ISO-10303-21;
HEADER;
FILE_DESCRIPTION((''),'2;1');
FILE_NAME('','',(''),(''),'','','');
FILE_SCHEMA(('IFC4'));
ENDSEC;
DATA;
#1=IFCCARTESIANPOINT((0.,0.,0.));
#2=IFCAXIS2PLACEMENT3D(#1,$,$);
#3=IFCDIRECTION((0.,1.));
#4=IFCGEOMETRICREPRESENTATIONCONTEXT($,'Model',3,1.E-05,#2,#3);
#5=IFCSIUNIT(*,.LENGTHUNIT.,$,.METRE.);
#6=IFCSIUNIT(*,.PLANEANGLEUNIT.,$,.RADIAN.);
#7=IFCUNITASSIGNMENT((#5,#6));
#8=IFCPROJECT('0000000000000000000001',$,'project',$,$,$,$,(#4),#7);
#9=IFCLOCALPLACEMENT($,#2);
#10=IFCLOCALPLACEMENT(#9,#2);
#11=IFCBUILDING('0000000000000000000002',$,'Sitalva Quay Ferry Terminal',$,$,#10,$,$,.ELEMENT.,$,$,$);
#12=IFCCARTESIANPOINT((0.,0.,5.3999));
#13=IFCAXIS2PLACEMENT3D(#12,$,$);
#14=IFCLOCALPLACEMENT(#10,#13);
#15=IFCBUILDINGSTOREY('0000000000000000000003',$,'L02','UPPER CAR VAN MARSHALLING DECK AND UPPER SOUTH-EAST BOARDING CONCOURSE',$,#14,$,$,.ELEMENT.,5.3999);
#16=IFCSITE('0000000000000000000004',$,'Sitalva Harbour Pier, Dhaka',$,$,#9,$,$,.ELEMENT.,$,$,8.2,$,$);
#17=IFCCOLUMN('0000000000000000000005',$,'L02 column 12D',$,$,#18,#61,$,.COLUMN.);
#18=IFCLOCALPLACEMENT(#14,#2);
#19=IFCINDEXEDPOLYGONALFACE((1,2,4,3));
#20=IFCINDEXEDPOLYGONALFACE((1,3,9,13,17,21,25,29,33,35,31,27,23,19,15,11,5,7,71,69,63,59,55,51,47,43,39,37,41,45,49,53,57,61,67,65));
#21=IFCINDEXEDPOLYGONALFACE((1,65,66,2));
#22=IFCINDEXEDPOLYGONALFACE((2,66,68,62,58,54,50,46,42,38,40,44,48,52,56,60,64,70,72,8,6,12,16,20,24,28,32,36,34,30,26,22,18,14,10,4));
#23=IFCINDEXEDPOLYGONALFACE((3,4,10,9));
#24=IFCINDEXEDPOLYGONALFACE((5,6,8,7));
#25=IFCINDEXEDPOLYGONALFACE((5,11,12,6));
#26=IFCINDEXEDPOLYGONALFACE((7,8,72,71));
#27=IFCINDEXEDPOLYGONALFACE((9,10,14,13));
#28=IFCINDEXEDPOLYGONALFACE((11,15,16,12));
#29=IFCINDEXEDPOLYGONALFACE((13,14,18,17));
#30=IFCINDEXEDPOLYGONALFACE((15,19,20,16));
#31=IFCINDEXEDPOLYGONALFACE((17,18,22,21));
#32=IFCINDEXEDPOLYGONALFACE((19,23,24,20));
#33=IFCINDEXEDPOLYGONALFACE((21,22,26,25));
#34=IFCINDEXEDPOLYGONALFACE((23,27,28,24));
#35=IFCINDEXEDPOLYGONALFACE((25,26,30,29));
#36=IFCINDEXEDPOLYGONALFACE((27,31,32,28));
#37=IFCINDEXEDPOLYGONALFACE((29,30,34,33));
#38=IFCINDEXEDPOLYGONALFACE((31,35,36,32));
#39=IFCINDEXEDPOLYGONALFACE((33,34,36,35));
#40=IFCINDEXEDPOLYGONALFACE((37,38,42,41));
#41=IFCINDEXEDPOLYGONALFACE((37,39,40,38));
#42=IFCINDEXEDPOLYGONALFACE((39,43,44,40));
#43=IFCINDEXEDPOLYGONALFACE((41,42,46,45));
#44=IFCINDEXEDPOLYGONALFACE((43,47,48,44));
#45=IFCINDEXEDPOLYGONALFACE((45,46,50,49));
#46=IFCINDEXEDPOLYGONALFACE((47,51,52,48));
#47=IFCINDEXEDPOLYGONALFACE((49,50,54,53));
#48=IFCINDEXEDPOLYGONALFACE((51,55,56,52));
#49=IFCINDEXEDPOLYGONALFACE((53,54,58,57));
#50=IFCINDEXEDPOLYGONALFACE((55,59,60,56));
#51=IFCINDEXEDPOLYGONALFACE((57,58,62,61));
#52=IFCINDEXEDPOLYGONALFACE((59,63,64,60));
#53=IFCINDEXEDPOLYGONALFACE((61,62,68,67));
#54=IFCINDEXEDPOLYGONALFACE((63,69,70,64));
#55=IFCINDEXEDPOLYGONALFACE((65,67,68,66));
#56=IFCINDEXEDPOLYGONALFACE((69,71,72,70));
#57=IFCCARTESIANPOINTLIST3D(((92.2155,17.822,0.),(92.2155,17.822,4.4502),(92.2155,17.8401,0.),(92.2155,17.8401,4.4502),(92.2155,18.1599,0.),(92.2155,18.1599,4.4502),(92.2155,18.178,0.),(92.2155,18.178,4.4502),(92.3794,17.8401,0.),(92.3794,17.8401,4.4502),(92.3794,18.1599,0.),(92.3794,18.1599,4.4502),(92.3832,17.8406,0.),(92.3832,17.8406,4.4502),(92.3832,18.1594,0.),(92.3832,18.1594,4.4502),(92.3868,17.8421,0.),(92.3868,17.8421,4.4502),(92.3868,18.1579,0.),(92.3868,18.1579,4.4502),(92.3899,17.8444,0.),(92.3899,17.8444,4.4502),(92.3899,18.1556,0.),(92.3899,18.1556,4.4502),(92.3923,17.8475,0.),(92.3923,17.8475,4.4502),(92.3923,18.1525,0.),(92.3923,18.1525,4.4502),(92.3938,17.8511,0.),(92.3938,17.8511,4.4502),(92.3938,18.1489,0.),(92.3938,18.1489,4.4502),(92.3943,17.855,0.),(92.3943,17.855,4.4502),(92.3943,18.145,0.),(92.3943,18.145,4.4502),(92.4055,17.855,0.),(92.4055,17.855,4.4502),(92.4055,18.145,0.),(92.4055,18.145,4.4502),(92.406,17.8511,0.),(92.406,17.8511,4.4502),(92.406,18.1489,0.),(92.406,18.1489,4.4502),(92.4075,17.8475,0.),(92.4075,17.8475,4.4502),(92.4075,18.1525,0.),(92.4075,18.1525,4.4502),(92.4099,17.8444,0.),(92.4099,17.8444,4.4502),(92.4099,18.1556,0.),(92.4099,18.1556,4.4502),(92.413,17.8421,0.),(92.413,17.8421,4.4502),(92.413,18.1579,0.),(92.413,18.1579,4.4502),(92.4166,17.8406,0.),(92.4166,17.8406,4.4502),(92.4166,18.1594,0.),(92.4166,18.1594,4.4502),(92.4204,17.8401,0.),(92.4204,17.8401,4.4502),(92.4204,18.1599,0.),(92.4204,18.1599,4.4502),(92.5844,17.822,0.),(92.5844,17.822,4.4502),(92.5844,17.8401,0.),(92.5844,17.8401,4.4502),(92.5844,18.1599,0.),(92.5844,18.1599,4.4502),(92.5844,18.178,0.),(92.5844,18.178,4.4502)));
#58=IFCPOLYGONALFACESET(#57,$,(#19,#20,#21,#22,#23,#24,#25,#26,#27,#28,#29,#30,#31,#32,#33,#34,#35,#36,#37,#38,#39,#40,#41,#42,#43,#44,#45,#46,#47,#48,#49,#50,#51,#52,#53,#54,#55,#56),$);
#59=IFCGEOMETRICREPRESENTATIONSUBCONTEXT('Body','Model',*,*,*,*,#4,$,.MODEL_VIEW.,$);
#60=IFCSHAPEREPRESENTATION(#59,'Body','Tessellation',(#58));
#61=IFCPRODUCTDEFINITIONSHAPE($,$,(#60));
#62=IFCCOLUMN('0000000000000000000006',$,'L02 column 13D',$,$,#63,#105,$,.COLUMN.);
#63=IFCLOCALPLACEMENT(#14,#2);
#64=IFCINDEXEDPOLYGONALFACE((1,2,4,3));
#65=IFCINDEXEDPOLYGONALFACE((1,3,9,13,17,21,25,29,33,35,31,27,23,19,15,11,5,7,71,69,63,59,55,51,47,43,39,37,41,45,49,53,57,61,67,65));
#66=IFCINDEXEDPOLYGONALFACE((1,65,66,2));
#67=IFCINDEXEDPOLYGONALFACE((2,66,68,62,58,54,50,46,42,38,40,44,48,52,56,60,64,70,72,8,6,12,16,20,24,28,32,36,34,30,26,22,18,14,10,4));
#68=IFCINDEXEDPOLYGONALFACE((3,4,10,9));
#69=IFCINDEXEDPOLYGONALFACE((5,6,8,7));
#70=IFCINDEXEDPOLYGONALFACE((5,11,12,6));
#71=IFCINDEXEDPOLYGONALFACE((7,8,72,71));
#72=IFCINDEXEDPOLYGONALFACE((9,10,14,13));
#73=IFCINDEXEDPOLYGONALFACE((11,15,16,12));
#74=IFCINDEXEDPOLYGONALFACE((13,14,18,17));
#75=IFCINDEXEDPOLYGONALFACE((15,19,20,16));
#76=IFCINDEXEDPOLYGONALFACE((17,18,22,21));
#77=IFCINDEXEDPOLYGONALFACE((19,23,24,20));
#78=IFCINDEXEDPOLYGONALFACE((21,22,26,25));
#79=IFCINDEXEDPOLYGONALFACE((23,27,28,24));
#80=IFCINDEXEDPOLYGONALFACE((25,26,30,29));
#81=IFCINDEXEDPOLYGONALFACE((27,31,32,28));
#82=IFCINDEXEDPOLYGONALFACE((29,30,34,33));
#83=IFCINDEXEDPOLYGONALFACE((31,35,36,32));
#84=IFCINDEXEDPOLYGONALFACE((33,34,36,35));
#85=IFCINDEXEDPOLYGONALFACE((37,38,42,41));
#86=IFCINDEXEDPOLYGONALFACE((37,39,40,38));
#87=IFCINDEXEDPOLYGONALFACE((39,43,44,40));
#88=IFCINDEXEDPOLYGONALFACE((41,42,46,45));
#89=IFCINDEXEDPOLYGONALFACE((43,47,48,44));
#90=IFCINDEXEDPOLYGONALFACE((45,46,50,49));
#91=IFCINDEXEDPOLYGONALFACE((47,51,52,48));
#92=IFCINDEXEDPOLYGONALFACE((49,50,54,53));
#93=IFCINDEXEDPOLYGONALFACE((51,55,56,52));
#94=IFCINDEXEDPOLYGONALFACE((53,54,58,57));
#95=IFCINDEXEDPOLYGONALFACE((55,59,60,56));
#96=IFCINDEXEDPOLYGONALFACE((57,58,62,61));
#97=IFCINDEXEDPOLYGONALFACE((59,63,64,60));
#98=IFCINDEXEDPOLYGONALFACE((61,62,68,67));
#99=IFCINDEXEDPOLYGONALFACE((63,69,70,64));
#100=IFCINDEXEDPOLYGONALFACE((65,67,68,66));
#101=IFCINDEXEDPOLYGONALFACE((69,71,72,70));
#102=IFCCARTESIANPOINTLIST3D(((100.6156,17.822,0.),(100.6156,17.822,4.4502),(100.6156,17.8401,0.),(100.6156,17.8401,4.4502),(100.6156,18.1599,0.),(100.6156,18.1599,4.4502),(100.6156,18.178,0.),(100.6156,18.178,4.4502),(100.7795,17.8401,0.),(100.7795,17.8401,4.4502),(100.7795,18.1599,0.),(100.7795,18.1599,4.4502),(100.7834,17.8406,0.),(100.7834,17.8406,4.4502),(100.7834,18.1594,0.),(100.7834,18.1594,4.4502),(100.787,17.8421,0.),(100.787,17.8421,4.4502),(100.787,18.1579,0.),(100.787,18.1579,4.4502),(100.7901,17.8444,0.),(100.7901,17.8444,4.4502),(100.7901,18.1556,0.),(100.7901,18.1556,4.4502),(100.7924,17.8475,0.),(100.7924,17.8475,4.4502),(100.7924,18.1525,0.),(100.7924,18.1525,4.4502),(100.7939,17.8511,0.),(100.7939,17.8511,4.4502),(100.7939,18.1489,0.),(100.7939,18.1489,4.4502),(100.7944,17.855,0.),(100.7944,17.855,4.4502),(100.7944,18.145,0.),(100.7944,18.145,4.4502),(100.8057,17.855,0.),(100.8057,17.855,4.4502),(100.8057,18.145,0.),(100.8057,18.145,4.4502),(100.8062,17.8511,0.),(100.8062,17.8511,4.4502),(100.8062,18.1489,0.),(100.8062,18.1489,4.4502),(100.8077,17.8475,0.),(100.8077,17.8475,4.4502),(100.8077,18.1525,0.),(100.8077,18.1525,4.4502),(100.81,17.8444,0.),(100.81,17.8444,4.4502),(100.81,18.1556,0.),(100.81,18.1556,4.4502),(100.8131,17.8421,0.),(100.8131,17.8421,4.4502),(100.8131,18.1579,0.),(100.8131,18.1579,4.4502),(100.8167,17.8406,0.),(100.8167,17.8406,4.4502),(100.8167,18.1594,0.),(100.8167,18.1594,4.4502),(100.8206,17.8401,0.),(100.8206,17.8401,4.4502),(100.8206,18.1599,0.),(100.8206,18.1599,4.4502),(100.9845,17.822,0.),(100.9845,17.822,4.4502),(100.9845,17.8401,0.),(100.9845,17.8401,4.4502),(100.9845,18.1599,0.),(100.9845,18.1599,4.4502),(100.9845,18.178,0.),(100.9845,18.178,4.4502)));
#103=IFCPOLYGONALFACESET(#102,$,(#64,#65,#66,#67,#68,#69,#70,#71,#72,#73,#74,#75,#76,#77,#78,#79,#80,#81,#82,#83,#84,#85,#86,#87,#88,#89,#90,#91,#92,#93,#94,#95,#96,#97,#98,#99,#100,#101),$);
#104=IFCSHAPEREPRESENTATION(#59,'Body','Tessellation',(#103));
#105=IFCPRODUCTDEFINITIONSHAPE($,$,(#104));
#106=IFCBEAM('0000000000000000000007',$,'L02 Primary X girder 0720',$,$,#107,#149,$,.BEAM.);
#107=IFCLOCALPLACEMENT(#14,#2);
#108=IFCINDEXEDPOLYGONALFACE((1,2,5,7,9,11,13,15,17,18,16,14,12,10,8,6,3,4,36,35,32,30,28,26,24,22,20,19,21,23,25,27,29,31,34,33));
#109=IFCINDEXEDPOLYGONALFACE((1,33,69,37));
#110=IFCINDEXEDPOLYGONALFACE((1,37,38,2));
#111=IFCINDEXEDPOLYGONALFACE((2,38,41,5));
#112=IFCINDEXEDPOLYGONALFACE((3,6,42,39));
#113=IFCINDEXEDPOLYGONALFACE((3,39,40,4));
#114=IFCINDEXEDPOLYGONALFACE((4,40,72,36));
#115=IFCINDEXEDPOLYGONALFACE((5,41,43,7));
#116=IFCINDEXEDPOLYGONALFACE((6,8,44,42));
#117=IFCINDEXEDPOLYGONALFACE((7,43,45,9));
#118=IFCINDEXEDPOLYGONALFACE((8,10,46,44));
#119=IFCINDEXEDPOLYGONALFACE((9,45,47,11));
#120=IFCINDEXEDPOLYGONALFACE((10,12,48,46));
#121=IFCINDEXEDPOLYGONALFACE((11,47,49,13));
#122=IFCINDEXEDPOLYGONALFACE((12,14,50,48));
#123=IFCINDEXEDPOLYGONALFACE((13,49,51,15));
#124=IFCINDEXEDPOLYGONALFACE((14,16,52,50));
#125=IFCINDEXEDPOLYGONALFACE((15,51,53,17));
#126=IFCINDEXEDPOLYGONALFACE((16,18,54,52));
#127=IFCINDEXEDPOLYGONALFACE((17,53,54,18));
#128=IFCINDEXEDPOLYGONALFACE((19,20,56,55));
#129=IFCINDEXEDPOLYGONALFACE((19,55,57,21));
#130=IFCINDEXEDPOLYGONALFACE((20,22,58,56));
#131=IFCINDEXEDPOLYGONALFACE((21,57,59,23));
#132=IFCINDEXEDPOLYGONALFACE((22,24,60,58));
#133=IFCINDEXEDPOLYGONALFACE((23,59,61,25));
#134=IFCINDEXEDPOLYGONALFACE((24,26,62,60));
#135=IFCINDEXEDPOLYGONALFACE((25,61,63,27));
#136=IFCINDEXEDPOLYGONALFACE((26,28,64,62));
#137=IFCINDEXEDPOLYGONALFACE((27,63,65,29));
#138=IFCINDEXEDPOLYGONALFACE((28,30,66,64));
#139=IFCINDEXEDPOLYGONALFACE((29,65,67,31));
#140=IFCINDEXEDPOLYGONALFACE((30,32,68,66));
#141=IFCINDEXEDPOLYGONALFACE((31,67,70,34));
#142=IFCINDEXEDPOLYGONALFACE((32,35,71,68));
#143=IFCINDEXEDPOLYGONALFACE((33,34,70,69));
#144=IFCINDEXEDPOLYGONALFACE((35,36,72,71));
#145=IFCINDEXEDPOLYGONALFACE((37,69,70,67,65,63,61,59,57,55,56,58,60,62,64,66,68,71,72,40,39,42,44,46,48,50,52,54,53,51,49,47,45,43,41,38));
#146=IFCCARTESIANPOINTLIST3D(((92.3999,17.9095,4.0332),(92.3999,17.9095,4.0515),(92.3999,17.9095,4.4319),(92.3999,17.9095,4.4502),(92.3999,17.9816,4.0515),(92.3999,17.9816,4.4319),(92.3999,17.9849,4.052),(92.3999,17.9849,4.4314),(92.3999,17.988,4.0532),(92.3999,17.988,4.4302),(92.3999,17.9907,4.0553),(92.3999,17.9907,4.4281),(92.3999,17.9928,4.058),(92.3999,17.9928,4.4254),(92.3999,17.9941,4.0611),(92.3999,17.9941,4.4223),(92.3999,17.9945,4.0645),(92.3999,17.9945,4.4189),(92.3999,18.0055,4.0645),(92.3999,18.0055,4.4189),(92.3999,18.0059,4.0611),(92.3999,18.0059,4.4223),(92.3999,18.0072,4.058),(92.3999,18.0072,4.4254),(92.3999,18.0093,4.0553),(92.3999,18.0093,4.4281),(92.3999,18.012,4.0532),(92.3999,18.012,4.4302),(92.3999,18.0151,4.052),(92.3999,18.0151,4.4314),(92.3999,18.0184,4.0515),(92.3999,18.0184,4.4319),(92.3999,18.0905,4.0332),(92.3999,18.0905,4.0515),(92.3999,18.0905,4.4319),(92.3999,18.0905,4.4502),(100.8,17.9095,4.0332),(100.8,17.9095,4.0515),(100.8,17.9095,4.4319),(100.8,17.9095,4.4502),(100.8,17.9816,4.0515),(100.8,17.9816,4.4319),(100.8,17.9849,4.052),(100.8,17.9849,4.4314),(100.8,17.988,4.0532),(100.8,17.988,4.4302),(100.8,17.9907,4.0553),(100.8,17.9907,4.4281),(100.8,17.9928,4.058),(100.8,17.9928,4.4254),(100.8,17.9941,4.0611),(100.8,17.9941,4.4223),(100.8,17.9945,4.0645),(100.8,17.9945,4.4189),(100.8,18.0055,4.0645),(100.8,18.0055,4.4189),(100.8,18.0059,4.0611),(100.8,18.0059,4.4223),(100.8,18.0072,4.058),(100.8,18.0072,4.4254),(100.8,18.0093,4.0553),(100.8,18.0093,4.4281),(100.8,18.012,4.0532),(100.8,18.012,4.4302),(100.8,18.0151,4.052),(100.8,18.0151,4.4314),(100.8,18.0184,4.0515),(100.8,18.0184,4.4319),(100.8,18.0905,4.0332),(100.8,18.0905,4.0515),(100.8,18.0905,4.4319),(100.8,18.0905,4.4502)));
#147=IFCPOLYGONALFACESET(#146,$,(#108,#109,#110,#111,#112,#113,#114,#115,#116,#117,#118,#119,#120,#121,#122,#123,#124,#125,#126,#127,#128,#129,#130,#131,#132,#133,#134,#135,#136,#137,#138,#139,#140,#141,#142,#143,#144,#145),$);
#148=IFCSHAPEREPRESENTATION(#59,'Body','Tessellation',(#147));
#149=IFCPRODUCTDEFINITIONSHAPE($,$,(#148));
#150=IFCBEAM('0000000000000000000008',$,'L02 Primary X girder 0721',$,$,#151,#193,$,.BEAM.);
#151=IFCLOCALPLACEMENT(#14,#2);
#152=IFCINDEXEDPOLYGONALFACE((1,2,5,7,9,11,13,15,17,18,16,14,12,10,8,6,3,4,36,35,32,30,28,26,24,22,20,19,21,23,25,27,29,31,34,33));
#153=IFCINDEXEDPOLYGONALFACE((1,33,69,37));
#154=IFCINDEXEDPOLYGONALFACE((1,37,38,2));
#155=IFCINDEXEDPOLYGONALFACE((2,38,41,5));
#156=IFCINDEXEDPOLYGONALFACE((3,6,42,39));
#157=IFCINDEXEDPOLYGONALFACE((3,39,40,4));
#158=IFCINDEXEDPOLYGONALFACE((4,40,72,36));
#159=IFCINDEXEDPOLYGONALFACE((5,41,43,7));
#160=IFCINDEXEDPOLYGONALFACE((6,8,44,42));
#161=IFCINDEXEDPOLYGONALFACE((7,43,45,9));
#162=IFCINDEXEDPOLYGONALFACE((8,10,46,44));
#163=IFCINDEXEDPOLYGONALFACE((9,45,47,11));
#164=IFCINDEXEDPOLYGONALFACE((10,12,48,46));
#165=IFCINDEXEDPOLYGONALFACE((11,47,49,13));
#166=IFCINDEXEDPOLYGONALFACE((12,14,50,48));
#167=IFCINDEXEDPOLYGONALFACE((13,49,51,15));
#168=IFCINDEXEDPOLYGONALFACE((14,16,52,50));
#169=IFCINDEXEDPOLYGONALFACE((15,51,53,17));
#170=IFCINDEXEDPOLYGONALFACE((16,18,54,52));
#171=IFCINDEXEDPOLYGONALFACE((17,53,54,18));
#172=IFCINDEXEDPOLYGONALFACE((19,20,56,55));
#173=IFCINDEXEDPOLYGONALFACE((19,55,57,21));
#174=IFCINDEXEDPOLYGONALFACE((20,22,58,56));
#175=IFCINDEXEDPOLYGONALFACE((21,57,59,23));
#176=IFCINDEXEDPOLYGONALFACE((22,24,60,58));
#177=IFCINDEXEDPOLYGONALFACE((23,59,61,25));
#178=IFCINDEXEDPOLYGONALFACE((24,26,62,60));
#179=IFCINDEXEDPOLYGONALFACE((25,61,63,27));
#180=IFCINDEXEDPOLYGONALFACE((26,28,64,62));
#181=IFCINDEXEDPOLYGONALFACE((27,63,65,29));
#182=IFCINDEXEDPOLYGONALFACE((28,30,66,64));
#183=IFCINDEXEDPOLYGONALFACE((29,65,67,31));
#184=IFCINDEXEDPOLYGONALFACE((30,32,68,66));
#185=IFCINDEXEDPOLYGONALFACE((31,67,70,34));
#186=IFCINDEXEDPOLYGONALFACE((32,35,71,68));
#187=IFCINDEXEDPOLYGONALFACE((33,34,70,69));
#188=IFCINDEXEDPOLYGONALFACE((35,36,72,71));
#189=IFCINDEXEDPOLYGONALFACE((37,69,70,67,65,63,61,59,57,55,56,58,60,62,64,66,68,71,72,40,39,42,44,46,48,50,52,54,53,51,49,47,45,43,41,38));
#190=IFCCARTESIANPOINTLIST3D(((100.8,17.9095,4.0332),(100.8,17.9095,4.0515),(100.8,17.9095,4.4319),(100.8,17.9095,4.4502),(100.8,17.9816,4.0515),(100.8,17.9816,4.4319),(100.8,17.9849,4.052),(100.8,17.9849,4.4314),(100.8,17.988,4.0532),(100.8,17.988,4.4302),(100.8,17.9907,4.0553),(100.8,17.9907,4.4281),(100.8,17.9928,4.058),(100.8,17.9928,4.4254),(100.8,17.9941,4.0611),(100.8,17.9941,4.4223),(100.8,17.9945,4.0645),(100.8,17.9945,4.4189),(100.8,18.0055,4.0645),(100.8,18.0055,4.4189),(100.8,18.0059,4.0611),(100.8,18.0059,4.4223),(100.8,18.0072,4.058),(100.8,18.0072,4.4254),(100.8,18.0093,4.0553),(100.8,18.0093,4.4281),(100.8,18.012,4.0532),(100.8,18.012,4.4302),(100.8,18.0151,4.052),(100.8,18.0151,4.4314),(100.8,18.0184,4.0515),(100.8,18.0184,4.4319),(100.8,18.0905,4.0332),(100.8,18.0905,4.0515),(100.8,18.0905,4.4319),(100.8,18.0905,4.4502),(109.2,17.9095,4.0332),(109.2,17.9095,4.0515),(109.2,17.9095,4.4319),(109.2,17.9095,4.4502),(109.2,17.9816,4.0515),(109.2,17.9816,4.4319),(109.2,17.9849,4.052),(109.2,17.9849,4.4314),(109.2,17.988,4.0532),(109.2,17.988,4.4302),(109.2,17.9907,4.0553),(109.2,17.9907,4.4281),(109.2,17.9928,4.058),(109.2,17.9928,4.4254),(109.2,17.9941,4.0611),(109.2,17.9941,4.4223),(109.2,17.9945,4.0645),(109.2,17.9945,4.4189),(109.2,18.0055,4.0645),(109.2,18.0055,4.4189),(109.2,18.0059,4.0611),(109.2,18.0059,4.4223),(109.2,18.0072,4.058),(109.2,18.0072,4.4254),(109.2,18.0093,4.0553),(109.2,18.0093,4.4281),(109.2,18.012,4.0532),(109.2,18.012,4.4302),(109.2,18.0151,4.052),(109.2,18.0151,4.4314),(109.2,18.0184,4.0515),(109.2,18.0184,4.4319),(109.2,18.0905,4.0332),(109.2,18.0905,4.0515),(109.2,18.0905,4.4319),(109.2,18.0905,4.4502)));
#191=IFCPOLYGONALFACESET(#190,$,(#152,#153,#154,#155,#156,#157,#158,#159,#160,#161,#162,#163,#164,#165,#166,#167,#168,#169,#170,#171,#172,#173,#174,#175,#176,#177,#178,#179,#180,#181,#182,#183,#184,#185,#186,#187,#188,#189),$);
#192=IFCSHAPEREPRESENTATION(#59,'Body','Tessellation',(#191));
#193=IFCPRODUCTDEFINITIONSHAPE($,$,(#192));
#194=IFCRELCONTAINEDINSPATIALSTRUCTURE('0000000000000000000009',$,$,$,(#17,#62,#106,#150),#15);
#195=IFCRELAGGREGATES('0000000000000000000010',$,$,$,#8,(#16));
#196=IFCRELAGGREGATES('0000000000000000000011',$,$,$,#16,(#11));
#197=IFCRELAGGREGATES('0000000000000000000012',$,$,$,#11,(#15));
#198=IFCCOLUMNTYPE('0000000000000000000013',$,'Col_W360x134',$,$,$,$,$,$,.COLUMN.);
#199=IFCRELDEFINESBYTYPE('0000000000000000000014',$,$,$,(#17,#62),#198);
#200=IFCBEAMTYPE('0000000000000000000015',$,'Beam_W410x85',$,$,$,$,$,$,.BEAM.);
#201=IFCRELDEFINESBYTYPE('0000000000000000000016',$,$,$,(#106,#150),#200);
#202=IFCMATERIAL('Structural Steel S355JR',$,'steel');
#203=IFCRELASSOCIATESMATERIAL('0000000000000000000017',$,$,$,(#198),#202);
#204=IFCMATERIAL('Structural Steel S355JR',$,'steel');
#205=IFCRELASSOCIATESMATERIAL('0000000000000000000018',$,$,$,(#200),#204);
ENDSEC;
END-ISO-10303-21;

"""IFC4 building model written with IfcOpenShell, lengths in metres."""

from ifc_helpers import new_model, si_unit, direction, frame, origin, origin_2d, place, context, subcontext, project, spatial, i_section, extrude, material, material_profile, profile_set, type_object, element, save


model = new_model("IFC4")

# Units and contexts
model_context = context("Model", 3, precision=1e-05, world=origin(), true_north=direction((0.0, 1.0)))
body_context = subcontext(model_context, "Body", "Model", "MODEL_VIEW")
ifc_project = project(units=[si_unit("LENGTHUNIT", "METRE"), si_unit("PLANEANGLEUNIT", "RADIAN")], contexts=[model_context])

# Site, building, storey
site_placement = place(None, origin())
site = spatial("IfcSite", under=ifc_project, at=site_placement, Name="Sitalva Harbour Pier, Dhaka", CompositionType="ELEMENT", RefElevation=8.2)
building_placement = place(site_placement, origin())
building = spatial("IfcBuilding", under=site, at=building_placement, Name="Sitalva Quay Ferry Terminal", CompositionType="ELEMENT")
storey_placement = place(building_placement, frame((0.0, 0.0, 5.3999)))
storey = spatial("IfcBuildingStorey", under=building, at=storey_placement, Name="L02", Description="UPPER CAR VAN MARSHALLING DECK AND UPPER SOUTH-EAST BOARDING CONCOURSE", CompositionType="ELEMENT", Elevation=5.3999)

# Columns
ifc_material_1 = material(Name="Structural Steel S355JR", Category="steel")
ifc_material_profile_1 = material_profile(ifc_material_1, i_section(OverallWidth=0.3689, OverallDepth=0.356, WebThickness=0.0112, FlangeThickness=0.0181, FilletRadius=0.0149, at=origin_2d()), Name="W360x134")
ifc_profile_set_1 = profile_set([ifc_material_profile_1], Name="Structural Steel S355JR")
column_type = type_object("IfcColumnType", Name="Col_W360x134", PredefinedType="COLUMN", material=ifc_profile_set_1)
for number, where, z_axis, x_axis, name in (
    (1, (92.3999, 18.0, 0.0), (0.0, 0.0, 1.0), (1.0, 0.0, 0.0), "L02 column 12D"),
    (2, (100.8, 18.0, 0.0), (0.0, 0.0, 1.0), (1.0, 0.0, 0.0), "L02 column 13D"),
):
    element("IfcColumn", number, at=place(storey_placement, frame(where, z_axis=z_axis, x_axis=x_axis)), inside=storey, type_object=column_type, Name=name, PredefinedType="COLUMN", context=body_context, shape_type="SweptSolid", body=[
        extrude(i_section(OverallWidth=0.3689, OverallDepth=0.356, WebThickness=0.0112, FlangeThickness=0.0181, FilletRadius=0.0149, at=origin_2d()), origin(), (0.0, 0.0, 1.0), 4.4502),
    ])

# Beams
ifc_material_2 = material(Name="Structural Steel S355JR", Category="steel")
ifc_material_profile_2 = material_profile(ifc_material_2, i_section(OverallWidth=0.1809, OverallDepth=0.417, WebThickness=0.011, FlangeThickness=0.0183, FilletRadius=0.0129, at=origin_2d()), Name="W410x85")
ifc_profile_set_2 = profile_set([ifc_material_profile_2], Name="Structural Steel S355JR")
beam_type_1 = type_object("IfcBeamType", Name="Beam_W410x85", PredefinedType="BEAM", material=ifc_profile_set_2)
beam_1_placement = place(storey_placement, frame((92.3999, 18.0, 4.2417), z_axis=(1.0, 0.0, 0.0), x_axis=(0.0, 1.0, 0.0)))
element("IfcBeam", 3, at=beam_1_placement, inside=storey, type_object=beam_type_1, Name="L02 Primary X girder 0720", PredefinedType="BEAM", context=body_context, shape_type="SweptSolid", body=[
    extrude(i_section(OverallWidth=0.1809, OverallDepth=0.417, WebThickness=0.011, FlangeThickness=0.0183, FilletRadius=0.0129, at=origin_2d()), origin(), (0.0, 0.0, 1.0), 8.4001),
])
beam_2_placement = place(storey_placement, frame((100.8, 18.0, 4.2417), z_axis=(1.0, 0.0, 0.0), x_axis=(0.0, 1.0, 0.0)))
element("IfcBeam", 4, at=beam_2_placement, inside=storey, type_object=beam_type_1, Name="L02 Primary X girder 0721", PredefinedType="BEAM", context=body_context, shape_type="SweptSolid", body=[
    extrude(i_section(OverallWidth=0.1809, OverallDepth=0.417, WebThickness=0.011, FlangeThickness=0.0183, FilletRadius=0.0129, at=origin_2d()), origin(), (0.0, 0.0, 1.0), 8.3999),
])

save(model, "model.ifc")
